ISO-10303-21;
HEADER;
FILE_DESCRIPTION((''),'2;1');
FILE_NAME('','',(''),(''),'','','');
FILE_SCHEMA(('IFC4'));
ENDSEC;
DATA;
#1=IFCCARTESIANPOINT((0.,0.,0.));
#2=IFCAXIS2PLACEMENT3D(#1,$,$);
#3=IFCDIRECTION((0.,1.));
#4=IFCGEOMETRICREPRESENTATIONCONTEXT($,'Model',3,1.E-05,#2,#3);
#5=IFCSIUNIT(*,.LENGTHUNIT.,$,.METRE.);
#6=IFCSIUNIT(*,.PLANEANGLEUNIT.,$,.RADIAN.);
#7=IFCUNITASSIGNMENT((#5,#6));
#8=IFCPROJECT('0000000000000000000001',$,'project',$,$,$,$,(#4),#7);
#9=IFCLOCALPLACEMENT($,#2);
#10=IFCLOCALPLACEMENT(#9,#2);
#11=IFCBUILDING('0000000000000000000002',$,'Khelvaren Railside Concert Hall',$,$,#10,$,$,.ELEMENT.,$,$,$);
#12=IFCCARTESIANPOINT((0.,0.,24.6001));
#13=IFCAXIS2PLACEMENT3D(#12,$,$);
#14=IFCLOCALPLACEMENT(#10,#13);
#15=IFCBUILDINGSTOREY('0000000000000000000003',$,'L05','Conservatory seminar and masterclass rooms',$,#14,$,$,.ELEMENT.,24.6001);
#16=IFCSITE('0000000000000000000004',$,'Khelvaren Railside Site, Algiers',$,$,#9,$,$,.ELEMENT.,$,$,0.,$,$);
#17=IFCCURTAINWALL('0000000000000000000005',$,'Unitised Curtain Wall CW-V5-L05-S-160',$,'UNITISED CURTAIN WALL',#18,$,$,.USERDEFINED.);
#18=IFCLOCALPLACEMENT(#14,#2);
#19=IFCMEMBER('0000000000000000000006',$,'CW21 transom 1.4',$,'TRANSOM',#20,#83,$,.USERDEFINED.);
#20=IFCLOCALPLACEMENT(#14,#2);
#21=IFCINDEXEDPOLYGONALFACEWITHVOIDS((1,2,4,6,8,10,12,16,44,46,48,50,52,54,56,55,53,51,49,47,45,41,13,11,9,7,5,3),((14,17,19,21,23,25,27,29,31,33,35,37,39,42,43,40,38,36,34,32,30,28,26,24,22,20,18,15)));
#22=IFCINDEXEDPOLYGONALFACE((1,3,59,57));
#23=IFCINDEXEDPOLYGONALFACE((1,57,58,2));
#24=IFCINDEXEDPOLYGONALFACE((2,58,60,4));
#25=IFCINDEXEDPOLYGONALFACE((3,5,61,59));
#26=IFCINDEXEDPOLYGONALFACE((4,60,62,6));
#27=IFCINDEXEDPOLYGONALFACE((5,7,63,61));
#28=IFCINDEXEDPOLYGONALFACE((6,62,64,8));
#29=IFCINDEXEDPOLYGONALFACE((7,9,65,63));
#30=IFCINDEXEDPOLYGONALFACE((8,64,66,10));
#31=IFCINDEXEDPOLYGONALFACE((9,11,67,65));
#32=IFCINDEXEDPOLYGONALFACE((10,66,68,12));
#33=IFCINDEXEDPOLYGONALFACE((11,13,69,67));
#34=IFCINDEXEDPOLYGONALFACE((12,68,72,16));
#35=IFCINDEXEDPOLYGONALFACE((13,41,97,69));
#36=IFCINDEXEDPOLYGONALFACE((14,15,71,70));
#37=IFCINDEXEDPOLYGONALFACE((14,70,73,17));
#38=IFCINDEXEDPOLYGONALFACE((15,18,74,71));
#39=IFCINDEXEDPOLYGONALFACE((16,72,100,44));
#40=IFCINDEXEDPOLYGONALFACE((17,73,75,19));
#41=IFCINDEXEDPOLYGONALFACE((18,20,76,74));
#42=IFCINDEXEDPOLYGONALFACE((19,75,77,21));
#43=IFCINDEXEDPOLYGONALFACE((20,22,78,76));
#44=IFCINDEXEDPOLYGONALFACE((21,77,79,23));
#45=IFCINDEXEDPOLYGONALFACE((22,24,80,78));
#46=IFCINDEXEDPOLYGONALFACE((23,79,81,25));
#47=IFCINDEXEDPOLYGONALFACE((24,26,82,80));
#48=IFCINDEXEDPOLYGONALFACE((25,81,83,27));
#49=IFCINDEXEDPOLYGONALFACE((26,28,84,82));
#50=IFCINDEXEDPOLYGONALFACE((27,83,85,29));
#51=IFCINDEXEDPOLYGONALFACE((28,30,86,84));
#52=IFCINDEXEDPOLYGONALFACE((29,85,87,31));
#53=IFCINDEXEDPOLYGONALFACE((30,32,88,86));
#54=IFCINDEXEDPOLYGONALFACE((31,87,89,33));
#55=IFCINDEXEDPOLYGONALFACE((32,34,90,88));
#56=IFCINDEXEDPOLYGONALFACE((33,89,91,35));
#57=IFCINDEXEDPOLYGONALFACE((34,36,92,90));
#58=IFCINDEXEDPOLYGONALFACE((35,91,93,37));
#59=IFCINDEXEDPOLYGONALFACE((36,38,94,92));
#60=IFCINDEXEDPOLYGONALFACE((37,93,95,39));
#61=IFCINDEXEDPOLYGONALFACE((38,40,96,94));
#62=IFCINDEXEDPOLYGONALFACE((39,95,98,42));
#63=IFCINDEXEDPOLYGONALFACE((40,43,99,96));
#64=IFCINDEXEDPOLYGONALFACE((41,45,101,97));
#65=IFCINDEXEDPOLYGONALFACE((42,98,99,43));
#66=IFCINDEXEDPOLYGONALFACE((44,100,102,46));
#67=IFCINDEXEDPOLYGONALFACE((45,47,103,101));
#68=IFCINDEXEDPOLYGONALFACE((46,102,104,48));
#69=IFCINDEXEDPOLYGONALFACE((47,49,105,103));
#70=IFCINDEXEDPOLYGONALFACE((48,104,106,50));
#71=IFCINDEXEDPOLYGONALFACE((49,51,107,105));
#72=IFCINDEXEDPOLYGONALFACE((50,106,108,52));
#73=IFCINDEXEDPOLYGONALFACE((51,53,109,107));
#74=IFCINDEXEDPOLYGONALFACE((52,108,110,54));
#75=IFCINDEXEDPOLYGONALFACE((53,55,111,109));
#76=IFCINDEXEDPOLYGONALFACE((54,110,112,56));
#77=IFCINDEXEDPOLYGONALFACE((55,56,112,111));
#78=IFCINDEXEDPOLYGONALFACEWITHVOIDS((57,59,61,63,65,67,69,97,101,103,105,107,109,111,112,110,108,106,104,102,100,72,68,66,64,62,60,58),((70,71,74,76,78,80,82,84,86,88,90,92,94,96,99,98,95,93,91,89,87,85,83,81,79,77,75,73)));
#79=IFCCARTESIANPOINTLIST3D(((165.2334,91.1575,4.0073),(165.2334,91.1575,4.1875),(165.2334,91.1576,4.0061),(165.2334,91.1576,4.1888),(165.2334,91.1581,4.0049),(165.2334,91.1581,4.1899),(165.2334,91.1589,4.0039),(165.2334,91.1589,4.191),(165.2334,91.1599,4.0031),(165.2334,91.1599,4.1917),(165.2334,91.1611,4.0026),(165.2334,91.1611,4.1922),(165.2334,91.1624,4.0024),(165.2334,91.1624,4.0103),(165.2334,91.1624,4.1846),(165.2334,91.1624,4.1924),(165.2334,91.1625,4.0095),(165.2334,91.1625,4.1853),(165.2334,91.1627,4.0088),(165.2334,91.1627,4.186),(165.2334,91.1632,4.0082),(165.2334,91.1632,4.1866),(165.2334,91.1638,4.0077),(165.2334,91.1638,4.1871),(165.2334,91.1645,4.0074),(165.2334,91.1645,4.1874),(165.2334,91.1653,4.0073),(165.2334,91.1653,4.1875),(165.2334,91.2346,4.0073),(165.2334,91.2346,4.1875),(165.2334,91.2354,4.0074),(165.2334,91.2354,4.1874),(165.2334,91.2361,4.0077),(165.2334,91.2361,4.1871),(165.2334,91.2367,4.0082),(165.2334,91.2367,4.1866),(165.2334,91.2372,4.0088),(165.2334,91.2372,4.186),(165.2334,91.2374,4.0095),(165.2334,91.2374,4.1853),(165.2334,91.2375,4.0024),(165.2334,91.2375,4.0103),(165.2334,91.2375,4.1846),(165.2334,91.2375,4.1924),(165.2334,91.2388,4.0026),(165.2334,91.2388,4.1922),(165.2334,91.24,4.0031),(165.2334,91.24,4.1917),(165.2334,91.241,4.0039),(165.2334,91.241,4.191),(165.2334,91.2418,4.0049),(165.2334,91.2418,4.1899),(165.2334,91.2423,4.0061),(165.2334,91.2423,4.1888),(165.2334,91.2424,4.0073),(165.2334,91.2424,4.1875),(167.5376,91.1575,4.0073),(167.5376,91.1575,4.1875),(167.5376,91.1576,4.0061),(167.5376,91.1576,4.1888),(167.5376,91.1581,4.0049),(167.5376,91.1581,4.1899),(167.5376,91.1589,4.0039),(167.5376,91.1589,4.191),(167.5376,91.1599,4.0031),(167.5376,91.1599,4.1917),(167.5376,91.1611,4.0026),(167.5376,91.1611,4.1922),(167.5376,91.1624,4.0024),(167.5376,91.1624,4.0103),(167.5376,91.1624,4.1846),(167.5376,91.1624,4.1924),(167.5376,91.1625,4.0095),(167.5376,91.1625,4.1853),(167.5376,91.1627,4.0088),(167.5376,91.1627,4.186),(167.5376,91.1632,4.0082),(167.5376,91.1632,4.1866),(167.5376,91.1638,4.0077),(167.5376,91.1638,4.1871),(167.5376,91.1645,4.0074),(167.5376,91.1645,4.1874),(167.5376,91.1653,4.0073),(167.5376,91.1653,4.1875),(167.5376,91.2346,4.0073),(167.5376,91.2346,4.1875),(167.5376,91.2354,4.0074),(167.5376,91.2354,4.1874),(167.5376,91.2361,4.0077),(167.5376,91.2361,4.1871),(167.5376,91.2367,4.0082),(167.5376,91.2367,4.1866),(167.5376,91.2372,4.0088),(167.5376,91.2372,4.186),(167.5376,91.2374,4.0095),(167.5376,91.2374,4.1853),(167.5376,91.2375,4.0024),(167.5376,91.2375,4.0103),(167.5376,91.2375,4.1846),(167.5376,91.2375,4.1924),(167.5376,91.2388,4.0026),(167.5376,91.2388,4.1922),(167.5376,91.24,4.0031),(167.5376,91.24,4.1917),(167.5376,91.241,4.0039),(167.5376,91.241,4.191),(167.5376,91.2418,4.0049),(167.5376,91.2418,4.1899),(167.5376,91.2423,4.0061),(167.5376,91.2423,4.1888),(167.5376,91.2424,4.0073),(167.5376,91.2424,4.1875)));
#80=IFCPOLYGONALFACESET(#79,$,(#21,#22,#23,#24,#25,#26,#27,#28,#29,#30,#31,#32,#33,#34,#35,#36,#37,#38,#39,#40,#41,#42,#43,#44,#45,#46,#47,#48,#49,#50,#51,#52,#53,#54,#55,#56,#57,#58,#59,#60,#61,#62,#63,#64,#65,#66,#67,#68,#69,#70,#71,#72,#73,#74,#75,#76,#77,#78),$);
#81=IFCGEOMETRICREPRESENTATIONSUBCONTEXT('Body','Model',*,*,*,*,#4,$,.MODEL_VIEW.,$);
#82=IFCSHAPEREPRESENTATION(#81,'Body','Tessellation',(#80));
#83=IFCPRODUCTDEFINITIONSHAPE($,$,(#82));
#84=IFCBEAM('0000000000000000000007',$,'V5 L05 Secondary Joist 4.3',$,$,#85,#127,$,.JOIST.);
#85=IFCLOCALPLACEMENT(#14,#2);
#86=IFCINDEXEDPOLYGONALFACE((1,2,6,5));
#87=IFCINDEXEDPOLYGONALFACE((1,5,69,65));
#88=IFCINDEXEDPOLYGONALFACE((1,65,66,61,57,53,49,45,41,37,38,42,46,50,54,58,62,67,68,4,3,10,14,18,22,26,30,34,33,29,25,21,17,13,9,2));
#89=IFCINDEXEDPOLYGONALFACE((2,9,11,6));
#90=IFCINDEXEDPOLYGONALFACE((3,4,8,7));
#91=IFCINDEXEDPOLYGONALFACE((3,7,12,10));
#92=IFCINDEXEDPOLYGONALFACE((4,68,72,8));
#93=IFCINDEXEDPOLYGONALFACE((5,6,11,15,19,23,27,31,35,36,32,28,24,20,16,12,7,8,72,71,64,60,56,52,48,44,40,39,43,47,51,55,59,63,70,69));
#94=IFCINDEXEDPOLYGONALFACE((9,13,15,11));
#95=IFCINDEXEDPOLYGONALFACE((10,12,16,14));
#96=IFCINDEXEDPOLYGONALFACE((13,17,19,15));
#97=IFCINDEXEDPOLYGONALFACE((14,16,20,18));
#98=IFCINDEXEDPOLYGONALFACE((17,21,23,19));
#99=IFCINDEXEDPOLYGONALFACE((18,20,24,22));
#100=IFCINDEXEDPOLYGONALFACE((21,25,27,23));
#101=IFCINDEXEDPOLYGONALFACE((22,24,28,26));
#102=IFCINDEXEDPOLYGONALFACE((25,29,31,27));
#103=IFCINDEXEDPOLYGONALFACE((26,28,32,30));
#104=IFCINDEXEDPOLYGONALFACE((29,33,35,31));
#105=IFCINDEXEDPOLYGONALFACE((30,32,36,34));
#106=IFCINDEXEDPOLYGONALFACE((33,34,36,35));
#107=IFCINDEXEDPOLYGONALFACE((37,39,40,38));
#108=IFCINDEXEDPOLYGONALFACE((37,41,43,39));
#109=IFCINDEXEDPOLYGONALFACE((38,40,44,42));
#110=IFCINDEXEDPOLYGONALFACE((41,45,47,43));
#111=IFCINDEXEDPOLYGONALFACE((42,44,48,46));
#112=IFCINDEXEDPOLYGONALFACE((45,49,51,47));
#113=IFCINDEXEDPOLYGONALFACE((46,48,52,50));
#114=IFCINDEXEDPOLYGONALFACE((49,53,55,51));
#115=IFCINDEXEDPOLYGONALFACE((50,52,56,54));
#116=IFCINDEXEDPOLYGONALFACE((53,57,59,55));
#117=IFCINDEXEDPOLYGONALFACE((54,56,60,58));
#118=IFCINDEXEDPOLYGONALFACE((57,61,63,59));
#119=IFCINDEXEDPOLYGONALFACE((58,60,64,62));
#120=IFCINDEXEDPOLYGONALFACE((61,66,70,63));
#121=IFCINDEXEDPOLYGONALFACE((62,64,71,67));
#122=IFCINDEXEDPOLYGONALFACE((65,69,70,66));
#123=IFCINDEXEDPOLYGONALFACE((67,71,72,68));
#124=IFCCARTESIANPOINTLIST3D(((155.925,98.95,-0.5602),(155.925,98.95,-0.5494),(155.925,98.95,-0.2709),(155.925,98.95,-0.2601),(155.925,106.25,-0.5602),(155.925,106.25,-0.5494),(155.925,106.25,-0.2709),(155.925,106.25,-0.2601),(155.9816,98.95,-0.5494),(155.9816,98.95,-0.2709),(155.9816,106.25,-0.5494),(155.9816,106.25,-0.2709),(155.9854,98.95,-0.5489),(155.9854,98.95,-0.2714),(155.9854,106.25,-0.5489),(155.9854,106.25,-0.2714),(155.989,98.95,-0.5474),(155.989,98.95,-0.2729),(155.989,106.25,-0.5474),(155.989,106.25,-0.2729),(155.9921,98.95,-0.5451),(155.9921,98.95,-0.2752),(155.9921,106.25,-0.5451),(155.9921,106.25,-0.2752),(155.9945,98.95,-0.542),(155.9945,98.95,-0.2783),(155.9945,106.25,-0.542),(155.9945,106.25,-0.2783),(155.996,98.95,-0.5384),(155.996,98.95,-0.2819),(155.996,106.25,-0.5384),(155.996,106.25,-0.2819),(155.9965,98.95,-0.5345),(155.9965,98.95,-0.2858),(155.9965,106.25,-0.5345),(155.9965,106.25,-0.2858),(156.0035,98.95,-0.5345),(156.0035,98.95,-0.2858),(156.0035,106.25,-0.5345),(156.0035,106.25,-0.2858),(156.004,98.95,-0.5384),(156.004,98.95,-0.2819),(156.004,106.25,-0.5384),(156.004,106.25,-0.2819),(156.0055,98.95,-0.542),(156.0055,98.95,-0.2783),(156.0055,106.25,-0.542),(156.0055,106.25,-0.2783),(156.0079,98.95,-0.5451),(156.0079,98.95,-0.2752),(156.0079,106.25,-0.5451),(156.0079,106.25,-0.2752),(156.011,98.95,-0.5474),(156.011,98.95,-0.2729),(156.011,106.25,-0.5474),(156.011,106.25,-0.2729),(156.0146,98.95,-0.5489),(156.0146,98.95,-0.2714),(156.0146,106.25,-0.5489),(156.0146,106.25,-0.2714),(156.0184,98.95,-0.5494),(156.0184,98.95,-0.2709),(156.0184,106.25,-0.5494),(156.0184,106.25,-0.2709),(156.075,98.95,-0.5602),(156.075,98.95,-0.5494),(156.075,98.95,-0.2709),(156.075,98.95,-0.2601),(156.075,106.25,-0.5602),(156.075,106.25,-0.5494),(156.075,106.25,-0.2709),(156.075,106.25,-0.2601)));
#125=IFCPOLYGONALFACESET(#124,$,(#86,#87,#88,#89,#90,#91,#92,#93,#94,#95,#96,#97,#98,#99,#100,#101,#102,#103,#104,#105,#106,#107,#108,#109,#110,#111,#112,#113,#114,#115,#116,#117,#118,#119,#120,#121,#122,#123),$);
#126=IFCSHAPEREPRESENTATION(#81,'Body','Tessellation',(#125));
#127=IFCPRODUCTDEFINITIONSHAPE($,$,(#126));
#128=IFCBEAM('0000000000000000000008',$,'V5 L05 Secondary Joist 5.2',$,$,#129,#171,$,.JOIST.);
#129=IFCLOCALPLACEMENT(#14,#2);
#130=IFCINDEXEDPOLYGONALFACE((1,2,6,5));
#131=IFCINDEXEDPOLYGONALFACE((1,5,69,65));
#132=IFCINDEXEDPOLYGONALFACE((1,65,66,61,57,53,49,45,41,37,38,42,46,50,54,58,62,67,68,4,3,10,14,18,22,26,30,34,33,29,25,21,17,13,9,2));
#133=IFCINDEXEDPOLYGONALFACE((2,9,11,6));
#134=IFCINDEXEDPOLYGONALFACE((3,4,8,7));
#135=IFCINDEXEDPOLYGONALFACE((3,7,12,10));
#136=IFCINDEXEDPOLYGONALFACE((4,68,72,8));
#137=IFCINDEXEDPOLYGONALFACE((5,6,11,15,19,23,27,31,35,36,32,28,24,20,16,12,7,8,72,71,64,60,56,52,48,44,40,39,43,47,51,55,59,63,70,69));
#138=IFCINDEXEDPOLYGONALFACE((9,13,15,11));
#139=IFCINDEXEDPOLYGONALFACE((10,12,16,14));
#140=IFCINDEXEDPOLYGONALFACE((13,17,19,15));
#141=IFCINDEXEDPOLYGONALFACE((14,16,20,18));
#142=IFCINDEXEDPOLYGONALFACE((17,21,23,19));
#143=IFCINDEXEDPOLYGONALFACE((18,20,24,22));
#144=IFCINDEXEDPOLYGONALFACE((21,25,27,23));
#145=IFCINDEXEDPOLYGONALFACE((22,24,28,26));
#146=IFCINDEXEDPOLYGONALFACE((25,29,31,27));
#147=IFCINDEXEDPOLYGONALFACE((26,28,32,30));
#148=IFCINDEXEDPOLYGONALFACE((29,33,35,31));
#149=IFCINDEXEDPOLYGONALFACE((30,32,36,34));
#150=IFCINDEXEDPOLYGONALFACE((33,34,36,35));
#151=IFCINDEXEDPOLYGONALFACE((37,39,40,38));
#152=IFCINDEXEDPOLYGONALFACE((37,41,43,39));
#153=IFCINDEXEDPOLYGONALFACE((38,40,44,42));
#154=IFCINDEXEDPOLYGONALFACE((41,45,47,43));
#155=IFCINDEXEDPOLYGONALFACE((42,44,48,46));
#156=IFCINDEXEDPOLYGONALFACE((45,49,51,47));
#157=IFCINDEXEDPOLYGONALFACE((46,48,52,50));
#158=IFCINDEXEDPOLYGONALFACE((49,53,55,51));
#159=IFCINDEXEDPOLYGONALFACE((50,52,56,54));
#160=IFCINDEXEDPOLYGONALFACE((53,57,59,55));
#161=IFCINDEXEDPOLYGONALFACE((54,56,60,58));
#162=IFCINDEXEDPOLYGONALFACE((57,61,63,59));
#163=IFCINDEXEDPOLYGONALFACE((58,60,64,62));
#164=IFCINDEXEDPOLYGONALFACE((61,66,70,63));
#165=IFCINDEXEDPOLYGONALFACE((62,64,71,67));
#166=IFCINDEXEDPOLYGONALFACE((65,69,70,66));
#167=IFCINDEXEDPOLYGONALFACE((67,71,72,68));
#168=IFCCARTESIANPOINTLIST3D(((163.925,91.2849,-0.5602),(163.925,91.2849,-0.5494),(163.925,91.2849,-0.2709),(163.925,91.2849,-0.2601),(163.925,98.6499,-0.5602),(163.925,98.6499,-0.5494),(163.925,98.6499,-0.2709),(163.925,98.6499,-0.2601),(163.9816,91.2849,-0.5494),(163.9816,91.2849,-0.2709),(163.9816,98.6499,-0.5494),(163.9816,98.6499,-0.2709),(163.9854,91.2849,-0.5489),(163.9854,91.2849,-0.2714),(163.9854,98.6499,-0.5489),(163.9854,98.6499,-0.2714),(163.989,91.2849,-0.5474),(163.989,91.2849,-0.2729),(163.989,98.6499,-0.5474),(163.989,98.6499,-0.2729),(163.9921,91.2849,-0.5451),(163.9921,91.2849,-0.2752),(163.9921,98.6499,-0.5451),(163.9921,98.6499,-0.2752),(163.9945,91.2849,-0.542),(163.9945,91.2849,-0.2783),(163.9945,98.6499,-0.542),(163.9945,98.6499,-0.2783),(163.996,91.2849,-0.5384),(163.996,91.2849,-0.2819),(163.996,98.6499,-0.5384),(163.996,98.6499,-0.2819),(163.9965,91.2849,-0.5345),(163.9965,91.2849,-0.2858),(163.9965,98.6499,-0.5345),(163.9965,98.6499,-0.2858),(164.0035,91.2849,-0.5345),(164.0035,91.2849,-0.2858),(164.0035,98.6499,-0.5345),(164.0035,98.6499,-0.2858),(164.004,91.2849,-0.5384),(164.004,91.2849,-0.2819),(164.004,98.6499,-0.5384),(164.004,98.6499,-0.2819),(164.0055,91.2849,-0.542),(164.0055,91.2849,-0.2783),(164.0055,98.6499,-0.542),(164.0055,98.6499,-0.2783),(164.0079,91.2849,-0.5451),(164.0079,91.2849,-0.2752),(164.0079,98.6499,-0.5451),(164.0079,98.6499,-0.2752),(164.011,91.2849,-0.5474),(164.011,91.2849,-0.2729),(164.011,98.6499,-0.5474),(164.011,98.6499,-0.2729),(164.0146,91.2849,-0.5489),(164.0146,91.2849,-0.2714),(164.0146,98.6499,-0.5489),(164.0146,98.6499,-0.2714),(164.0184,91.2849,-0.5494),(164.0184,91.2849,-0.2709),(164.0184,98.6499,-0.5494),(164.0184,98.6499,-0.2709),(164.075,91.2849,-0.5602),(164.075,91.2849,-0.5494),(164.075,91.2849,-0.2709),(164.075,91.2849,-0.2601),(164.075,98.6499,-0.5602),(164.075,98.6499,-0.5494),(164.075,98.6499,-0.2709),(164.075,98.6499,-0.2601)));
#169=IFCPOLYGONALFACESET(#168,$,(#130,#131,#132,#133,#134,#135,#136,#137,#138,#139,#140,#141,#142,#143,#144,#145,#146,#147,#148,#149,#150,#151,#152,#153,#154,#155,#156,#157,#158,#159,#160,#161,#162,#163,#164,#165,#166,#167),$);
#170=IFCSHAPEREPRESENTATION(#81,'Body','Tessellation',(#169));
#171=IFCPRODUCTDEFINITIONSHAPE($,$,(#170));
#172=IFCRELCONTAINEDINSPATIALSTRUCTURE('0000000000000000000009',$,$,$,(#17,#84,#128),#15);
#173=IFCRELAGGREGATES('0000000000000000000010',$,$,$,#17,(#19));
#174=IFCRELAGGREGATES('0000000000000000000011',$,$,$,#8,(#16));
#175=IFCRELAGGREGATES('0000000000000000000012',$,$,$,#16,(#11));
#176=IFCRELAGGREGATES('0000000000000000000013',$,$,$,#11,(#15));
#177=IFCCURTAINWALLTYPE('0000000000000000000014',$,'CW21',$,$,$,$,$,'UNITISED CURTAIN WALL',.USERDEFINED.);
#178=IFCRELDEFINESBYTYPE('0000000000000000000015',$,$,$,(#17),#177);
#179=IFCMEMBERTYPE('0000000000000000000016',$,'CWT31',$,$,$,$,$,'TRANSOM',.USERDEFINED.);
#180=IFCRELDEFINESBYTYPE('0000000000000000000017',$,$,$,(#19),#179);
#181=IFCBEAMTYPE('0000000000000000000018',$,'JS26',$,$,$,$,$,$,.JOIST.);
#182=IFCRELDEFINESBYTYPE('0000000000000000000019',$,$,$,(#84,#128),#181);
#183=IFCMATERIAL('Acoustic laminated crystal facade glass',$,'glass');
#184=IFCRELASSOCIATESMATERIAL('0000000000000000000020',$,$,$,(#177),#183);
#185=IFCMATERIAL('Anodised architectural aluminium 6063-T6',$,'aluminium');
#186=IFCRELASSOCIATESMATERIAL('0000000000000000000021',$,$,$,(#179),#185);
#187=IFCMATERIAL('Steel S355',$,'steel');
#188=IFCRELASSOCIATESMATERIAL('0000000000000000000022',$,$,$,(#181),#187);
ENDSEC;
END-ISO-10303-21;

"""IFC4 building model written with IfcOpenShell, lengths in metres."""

from ifc_helpers import new_model, si_unit, direction, frame, origin, origin_2d, place, context, subcontext, project, spatial, hollow_rectangle, i_section, extrude, material, material_profile, profile_set, type_object, element, aggregate, save


model = new_model("IFC4")

# Units and contexts
model_context = context("Model", 3, precision=1e-05, world=origin(), true_north=direction((0.0, 1.0)))
body_context = subcontext(model_context, "Body", "Model", "MODEL_VIEW")
ifc_project = project(units=[si_unit("LENGTHUNIT", "METRE"), si_unit("PLANEANGLEUNIT", "RADIAN")], contexts=[model_context])

# Site, building, storey
site_placement = place(None, origin())
site = spatial("IfcSite", under=ifc_project, at=site_placement, Name="Khelvaren Railside Site, Algiers", CompositionType="ELEMENT", RefElevation=0.0)
building_placement = place(site_placement, origin())
building = spatial("IfcBuilding", under=site, at=building_placement, Name="Khelvaren Railside Concert Hall", CompositionType="ELEMENT")
storey_placement = place(building_placement, frame((0.0, 0.0, 24.6001)))
storey = spatial("IfcBuildingStorey", under=building, at=storey_placement, Name="L05", Description="Conservatory seminar and masterclass rooms", CompositionType="ELEMENT", Elevation=24.6001)

# Shared definitions
ifc_material_1 = material(Name="Steel S355", Category="steel")

# Curtain wall, member
ifc_material_2 = material(Name="Acoustic laminated crystal facade glass", Category="glass")
curtain_wall_type = type_object("IfcCurtainWallType", Name="CW21", ElementType="UNITISED CURTAIN WALL", PredefinedType="USERDEFINED", material=ifc_material_2)
curtain_wall_placement = place(storey_placement, origin())
curtain_wall = element("IfcCurtainWall", 1, at=curtain_wall_placement, inside=storey, type_object=curtain_wall_type, Name="Unitised Curtain Wall CW-V5-L05-S-160", ObjectType="UNITISED CURTAIN WALL", PredefinedType="USERDEFINED")
ifc_material_3 = material(Name="Anodised architectural aluminium 6063-T6", Category="aluminium")
ifc_material_profile_1 = material_profile(ifc_material_3, hollow_rectangle(XDim=0.085, YDim=0.1899, WallThickness=0.0049, InnerFilletRadius=0.0029, OuterFilletRadius=0.0049, at=origin_2d()), Name="CWT 85x190x5")
ifc_profile_set_1 = profile_set([ifc_material_profile_1], Name="Anodised architectural aluminium 6063-T6")
member_type_1 = type_object("IfcMemberType", Name="CWT31", ElementType="TRANSOM", PredefinedType="USERDEFINED", material=ifc_profile_set_1)
member_1_placement = place(storey_placement, frame((167.5376, 91.2, 4.0974), z_axis=(-1.0, 0.0, 0.0), x_axis=(0.0, -1.0, 0.0)))
member_1 = element("IfcMember", 2, at=member_1_placement, type_object=member_type_1, Name="CW21 transom 1.4", ObjectType="TRANSOM", PredefinedType="USERDEFINED", context=body_context, shape_type="SweptSolid", body=[
    extrude(hollow_rectangle(XDim=0.085, YDim=0.1899, WallThickness=0.0049, InnerFilletRadius=0.0029, OuterFilletRadius=0.0049, at=origin_2d()), origin(), (0.0, 0.0, 1.0), 2.3042),
])

# Beams
ifc_material_profile_2 = material_profile(ifc_material_1, i_section(OverallWidth=0.1499, OverallDepth=0.3, WebThickness=0.0071, FlangeThickness=0.0107, FilletRadius=0.0149, at=origin_2d()), Name="IPE 300")
ifc_profile_set_2 = profile_set([ifc_material_profile_2], Name="Steel S355")
beam_type_1 = type_object("IfcBeamType", Name="JS26", PredefinedType="JOIST", material=ifc_profile_set_2)
beam_1_placement = place(storey_placement, frame((156.0, 98.95, -0.4102), z_axis=(0.0, 1.0, 0.0), x_axis=(-1.0, 0.0, 0.0)))
element("IfcBeam", 3, at=beam_1_placement, inside=storey, type_object=beam_type_1, Name="V5 L05 Secondary Joist 4.3", PredefinedType="JOIST", context=body_context, shape_type="SweptSolid", body=[
    extrude(i_section(OverallWidth=0.1499, OverallDepth=0.3, WebThickness=0.0071, FlangeThickness=0.0107, FilletRadius=0.0149, at=origin_2d()), origin(), (0.0, 0.0, 1.0), 7.3),
])
beam_2_placement = place(storey_placement, frame((164.0, 91.2849, -0.4102), z_axis=(0.0, 1.0, 0.0), x_axis=(-1.0, 0.0, 0.0)))
element("IfcBeam", 4, at=beam_2_placement, inside=storey, type_object=beam_type_1, Name="V5 L05 Secondary Joist 5.2", PredefinedType="JOIST", context=body_context, shape_type="SweptSolid", body=[
    extrude(i_section(OverallWidth=0.1499, OverallDepth=0.3, WebThickness=0.0071, FlangeThickness=0.0107, FilletRadius=0.0149, at=origin_2d()), origin(), (0.0, 0.0, 1.0), 7.365),
])

aggregate(curtain_wall, [member_1])

save(model, "model.ifc")
